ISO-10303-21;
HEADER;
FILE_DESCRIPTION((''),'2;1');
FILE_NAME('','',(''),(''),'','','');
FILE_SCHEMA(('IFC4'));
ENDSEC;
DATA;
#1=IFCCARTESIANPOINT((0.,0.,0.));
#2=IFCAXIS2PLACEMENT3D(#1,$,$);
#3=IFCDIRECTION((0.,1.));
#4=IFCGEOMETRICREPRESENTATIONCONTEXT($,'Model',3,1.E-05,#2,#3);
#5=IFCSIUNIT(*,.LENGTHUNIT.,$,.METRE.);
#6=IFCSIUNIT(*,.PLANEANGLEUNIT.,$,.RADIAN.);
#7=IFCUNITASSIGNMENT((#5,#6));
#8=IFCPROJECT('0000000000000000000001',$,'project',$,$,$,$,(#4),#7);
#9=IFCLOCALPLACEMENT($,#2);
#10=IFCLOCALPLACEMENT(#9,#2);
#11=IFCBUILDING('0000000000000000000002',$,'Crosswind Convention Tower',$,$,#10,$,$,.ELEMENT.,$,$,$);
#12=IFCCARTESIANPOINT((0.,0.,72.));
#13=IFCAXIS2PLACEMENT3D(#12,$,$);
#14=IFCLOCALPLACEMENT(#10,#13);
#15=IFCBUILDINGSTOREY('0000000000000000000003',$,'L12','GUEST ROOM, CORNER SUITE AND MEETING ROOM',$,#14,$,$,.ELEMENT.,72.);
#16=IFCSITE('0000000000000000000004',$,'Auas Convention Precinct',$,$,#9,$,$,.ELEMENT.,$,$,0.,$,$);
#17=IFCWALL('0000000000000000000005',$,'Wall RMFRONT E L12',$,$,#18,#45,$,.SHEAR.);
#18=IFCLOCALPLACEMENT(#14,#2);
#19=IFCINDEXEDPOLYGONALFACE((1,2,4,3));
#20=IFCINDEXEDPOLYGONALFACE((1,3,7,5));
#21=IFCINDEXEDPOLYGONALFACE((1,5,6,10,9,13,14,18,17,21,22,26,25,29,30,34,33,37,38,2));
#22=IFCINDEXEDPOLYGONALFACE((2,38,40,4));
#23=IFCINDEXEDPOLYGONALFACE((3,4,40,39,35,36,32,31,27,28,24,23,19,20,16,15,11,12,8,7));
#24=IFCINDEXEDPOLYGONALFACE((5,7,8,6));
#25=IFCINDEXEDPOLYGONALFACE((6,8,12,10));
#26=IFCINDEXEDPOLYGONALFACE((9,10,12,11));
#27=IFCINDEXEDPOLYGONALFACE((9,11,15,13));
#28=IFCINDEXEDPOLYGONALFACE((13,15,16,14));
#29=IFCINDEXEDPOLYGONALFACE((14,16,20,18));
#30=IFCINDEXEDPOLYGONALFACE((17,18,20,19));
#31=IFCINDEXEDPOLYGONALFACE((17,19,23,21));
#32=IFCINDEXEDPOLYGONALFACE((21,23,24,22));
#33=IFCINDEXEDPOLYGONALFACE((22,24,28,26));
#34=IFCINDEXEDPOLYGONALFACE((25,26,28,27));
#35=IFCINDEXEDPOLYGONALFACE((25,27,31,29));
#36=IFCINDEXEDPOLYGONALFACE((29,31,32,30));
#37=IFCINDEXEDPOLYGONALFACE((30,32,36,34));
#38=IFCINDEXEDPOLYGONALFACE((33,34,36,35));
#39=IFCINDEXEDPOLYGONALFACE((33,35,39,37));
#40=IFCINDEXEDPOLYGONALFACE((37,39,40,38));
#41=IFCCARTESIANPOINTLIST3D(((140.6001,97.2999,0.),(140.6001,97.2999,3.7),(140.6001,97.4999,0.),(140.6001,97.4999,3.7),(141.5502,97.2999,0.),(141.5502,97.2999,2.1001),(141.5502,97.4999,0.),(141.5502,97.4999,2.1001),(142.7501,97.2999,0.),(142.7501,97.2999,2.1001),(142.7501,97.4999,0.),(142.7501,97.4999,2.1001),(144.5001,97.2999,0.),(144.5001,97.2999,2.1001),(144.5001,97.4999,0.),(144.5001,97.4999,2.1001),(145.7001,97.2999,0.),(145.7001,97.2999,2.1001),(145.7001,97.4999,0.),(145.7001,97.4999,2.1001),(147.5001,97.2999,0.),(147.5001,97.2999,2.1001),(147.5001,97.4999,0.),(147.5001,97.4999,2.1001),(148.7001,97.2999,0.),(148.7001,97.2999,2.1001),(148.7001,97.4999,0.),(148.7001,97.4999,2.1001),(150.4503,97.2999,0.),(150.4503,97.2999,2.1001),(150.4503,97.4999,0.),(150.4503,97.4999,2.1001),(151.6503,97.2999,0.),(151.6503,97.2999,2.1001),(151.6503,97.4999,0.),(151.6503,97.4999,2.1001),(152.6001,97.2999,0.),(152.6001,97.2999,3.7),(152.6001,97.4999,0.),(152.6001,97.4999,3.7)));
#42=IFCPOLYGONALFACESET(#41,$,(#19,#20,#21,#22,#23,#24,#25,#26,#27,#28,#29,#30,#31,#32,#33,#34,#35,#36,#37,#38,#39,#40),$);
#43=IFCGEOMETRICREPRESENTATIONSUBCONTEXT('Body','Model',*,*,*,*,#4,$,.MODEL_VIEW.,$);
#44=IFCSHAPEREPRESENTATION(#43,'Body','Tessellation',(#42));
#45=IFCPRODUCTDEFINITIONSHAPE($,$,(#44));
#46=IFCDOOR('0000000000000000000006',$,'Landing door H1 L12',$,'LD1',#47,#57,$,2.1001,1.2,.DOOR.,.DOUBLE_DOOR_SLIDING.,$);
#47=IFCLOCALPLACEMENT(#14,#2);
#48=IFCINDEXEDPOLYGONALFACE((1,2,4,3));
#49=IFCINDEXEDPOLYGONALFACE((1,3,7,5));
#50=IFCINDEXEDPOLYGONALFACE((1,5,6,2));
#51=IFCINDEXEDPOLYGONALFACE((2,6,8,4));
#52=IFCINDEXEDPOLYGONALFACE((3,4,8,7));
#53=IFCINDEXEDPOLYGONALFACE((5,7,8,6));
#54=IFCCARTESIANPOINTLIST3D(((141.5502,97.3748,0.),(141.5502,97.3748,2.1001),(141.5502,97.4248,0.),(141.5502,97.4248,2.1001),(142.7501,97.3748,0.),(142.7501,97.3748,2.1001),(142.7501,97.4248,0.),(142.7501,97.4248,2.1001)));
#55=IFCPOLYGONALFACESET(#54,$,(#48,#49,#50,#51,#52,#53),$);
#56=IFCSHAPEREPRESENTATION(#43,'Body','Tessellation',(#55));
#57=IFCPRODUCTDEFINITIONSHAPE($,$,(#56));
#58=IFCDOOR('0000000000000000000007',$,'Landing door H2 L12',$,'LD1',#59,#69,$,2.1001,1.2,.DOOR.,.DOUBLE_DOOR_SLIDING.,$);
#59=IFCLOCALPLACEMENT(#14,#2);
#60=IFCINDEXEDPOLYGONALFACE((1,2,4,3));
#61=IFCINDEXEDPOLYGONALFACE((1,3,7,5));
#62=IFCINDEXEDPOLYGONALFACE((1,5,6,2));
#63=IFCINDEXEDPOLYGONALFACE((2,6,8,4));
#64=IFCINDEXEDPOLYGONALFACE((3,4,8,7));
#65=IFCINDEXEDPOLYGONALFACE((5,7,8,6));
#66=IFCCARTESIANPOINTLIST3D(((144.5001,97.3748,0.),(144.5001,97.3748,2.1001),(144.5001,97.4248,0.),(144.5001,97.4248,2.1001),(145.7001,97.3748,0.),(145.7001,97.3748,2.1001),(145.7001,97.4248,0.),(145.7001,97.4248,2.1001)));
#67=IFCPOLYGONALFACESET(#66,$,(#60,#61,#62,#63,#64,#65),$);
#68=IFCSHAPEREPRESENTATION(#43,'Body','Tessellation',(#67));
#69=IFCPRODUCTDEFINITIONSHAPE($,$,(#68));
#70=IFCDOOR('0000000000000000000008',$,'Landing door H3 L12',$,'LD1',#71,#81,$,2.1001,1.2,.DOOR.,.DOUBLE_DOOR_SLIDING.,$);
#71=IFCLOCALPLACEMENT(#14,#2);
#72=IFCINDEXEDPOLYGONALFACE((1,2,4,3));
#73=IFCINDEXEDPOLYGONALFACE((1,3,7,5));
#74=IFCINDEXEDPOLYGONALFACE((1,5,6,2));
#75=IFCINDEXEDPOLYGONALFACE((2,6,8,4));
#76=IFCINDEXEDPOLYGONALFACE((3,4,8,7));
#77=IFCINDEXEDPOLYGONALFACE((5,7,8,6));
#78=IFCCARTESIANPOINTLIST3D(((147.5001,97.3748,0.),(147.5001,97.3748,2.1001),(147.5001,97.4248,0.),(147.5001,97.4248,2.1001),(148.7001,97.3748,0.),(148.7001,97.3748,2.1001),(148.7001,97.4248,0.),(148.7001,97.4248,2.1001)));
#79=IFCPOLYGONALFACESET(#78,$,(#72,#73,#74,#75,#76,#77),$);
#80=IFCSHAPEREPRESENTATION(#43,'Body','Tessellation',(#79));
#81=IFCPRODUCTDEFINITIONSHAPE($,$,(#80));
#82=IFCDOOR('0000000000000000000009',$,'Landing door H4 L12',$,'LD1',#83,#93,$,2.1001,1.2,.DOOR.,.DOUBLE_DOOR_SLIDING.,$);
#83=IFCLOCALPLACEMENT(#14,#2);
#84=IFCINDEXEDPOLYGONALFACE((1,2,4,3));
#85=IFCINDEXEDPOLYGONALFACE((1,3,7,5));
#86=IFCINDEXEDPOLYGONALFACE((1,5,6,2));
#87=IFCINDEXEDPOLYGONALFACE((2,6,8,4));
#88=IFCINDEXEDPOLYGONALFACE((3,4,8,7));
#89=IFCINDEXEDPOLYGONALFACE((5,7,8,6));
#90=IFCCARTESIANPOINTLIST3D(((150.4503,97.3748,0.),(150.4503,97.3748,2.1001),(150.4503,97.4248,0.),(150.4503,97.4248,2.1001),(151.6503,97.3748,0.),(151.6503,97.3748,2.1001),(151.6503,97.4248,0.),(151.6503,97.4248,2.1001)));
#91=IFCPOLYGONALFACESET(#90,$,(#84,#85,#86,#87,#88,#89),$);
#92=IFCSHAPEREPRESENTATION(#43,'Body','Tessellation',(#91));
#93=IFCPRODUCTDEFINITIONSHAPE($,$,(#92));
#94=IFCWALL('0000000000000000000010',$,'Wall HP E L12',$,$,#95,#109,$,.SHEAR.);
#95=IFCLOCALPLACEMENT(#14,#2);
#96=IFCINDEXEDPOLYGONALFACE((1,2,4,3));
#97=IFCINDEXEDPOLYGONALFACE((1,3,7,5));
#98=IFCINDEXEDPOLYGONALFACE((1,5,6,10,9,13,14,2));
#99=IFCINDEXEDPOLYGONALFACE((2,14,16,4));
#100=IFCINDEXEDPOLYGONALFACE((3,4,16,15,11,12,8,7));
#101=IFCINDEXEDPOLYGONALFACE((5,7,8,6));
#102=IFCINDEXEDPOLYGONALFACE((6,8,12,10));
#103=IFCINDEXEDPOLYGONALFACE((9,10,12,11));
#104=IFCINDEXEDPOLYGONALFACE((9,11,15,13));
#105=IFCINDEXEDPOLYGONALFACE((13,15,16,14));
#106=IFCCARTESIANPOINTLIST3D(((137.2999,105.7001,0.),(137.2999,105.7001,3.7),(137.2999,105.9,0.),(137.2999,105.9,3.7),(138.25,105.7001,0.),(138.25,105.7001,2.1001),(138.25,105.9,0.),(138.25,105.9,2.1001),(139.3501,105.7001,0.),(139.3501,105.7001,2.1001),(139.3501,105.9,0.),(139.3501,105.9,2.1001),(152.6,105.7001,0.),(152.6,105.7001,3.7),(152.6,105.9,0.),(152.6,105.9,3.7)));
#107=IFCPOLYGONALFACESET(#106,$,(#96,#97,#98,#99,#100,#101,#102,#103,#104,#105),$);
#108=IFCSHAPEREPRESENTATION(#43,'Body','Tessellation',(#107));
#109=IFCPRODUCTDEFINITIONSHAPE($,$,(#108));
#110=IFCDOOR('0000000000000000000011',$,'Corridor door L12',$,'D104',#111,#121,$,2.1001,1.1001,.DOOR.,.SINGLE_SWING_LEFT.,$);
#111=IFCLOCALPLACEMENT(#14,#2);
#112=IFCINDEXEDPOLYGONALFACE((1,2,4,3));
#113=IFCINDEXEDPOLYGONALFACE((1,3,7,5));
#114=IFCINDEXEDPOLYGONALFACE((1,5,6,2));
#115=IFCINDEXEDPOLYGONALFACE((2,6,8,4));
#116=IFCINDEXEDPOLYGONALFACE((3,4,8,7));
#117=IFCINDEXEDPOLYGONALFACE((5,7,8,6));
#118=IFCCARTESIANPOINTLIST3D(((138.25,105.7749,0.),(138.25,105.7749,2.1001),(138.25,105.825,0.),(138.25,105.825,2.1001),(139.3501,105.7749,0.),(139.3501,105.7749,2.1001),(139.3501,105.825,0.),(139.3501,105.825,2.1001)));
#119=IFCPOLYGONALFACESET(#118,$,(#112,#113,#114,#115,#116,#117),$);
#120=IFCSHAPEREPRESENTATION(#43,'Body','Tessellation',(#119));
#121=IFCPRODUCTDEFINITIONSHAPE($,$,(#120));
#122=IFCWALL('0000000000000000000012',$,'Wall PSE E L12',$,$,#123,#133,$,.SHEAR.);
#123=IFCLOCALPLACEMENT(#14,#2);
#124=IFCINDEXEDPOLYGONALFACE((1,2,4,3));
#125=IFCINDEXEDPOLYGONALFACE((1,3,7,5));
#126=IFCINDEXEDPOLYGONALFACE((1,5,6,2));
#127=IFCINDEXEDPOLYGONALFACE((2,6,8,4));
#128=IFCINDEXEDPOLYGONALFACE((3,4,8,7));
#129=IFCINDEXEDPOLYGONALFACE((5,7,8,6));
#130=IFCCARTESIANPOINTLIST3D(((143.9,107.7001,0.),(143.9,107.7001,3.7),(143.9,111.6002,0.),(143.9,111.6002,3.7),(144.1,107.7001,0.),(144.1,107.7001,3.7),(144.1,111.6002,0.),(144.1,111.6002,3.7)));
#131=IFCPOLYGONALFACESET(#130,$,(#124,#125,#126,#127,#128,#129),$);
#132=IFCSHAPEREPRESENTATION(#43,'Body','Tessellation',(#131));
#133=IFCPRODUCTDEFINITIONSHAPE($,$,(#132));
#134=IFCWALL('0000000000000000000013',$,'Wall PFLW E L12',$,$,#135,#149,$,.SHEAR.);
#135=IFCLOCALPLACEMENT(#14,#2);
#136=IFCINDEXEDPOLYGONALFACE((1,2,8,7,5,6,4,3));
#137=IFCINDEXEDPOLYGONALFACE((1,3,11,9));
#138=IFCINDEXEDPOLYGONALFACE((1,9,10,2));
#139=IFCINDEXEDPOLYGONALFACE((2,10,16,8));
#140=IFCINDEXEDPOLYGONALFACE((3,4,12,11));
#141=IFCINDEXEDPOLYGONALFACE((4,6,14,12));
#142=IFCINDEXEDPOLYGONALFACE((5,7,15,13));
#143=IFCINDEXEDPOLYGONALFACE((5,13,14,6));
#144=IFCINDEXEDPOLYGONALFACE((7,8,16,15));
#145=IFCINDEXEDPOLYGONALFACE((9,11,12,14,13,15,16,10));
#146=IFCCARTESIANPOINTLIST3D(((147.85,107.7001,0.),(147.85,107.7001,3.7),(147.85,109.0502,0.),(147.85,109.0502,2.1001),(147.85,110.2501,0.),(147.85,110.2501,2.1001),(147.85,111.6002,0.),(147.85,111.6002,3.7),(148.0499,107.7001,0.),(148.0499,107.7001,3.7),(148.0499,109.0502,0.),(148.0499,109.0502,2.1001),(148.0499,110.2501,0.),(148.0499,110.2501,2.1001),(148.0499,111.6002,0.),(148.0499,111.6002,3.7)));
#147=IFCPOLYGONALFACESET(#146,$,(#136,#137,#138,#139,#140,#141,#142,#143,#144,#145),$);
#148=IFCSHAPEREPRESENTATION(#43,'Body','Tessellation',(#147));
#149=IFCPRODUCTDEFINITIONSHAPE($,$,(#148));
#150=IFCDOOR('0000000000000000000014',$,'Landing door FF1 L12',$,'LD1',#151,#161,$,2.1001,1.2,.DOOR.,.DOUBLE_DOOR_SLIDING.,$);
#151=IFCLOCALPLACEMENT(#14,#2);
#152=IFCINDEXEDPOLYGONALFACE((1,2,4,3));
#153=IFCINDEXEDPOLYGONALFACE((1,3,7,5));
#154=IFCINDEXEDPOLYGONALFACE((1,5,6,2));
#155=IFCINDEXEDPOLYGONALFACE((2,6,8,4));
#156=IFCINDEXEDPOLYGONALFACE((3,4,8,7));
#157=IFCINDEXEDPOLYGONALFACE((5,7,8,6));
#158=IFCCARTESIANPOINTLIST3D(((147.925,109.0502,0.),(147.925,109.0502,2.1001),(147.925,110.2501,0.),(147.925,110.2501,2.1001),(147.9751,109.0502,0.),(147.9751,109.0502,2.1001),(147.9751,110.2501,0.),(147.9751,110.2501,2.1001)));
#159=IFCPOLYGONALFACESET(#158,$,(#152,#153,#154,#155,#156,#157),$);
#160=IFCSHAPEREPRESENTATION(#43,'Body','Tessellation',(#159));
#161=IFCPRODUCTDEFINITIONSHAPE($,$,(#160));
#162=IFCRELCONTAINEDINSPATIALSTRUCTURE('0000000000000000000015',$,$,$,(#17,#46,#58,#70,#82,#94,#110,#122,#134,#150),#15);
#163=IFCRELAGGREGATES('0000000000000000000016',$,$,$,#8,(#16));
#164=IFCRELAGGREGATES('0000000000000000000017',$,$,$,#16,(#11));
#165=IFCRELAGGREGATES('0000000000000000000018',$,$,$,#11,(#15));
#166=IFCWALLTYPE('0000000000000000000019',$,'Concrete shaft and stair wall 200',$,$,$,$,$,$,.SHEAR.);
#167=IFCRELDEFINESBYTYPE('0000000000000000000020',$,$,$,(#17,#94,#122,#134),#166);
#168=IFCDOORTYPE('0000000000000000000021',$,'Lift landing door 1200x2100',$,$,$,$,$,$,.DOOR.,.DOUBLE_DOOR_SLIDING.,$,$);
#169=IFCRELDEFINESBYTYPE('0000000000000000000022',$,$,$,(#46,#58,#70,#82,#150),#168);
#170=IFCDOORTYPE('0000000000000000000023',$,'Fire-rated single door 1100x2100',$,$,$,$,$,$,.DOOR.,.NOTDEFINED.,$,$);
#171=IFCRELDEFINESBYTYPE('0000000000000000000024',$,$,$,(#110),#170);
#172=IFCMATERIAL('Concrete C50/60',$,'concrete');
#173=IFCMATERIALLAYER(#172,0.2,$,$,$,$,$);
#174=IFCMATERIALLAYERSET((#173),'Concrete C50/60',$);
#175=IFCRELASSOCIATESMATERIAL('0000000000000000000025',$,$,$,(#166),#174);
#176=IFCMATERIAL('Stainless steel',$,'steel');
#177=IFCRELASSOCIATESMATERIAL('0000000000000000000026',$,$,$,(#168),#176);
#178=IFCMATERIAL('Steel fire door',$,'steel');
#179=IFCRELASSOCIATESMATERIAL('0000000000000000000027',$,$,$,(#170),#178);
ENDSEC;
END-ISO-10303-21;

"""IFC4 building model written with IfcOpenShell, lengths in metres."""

from ifc_helpers import new_model, si_unit, direction, frame, frame_2d, origin, place, context, subcontext, project, spatial, rectangle, extrude, material, layer, layer_set, type_object, element, fill, save


model = new_model("IFC4")

# Units and contexts
model_context = context("Model", 3, precision=1e-05, world=origin(), true_north=direction((0.0, 1.0)))
body_context = subcontext(model_context, "Body", "Model", "MODEL_VIEW")
ifc_project = project(units=[si_unit("LENGTHUNIT", "METRE"), si_unit("PLANEANGLEUNIT", "RADIAN")], contexts=[model_context])

# Site, building, storey
site_placement = place(None, origin())
site = spatial("IfcSite", under=ifc_project, at=site_placement, Name="Auas Convention Precinct", CompositionType="ELEMENT", RefElevation=0.0)
building_placement = place(site_placement, origin())
building = spatial("IfcBuilding", under=site, at=building_placement, Name="Crosswind Convention Tower", CompositionType="ELEMENT")
storey_placement = place(building_placement, frame((0.0, 0.0, 72.0)))
storey = spatial("IfcBuildingStorey", under=building, at=storey_placement, Name="L12", Description="GUEST ROOM, CORNER SUITE AND MEETING ROOM", CompositionType="ELEMENT", Elevation=72.0)

# Shared definitions
ifc_material_1 = material(Name="Concrete C50/60", Category="concrete")
ifc_layer_1 = layer(ifc_material_1, 0.2)
ifc_layer_set_1 = layer_set([ifc_layer_1], Name="Concrete C50/60")
wall_type_1 = type_object("IfcWallType", Name="Concrete shaft and stair wall 200", PredefinedType="SHEAR", material=ifc_layer_set_1)

# Wall, openings, doors
wall_1_placement = place(storey_placement, frame((140.6001, 97.3999, 0.0), z_axis=(0.0, 0.0, 1.0), x_axis=(1.0, 0.0, 0.0)))
wall_1 = element("IfcWall", 1, at=wall_1_placement, inside=storey, type_object=wall_type_1, Name="Wall RMFRONT E L12", PredefinedType="SHEAR", context=body_context, shape_type="SweptSolid", body=[
    extrude(rectangle(XDim=12.0, YDim=0.2, at=frame_2d((6.0, 0.0))), origin(), (0.0, 0.0, 1.0), 3.7),
])
opening_1_placement = place(wall_1_placement, frame((0.95, 0.0, 0.0)))
opening_1 = element("IfcOpeningElement", 2, at=opening_1_placement, cuts=wall_1, PredefinedType="OPENING", context=body_context, shape_type="SweptSolid", body=[
    extrude(rectangle(XDim=1.2, YDim=2.1001, at=frame_2d((0.6001, 1.05))), frame((0.0, 0.1099, 0.0), z_axis=(0.0, -1.0, 0.0), x_axis=(1.0, 0.0, 0.0)), (0.0, 0.0, 1.0), 0.22),
])
opening_2_placement = place(wall_1_placement, frame((3.8999, 0.0, 0.0)))
opening_2 = element("IfcOpeningElement", 3, at=opening_2_placement, cuts=wall_1, PredefinedType="OPENING", context=body_context, shape_type="SweptSolid", body=[
    extrude(rectangle(XDim=1.2, YDim=2.1001, at=frame_2d((0.6001, 1.05))), frame((0.0, 0.1099, 0.0), z_axis=(0.0, -1.0, 0.0), x_axis=(1.0, 0.0, 0.0)), (0.0, 0.0, 1.0), 0.22),
])
opening_3_placement = place(wall_1_placement, frame((6.8999, 0.0, 0.0)))
opening_3 = element("IfcOpeningElement", 4, at=opening_3_placement, cuts=wall_1, PredefinedType="OPENING", context=body_context, shape_type="SweptSolid", body=[
    extrude(rectangle(XDim=1.2, YDim=2.1001, at=frame_2d((0.6001, 1.05))), frame((0.0, 0.1099, 0.0), z_axis=(0.0, -1.0, 0.0), x_axis=(1.0, 0.0, 0.0)), (0.0, 0.0, 1.0), 0.22),
])
opening_4_placement = place(wall_1_placement, frame((9.8501, 0.0, 0.0)))
opening_4 = element("IfcOpeningElement", 5, at=opening_4_placement, cuts=wall_1, PredefinedType="OPENING", context=body_context, shape_type="SweptSolid", body=[
    extrude(rectangle(XDim=1.2, YDim=2.1001, at=frame_2d((0.6001, 1.05))), frame((0.0, 0.1099, 0.0), z_axis=(0.0, -1.0, 0.0), x_axis=(1.0, 0.0, 0.0)), (0.0, 0.0, 1.0), 0.22),
])
ifc_material_2 = material(Name="Stainless steel", Category="steel")
door_type_1 = type_object("IfcDoorType", Name="Lift landing door 1200x2100", OperationType="DOUBLE_DOOR_SLIDING", PredefinedType="DOOR", material=ifc_material_2)
door_1_placement = place(opening_1_placement, origin())
door_1 = element("IfcDoor", 6, at=door_1_placement, inside=storey, type_object=door_type_1, Name="Landing door H1 L12", ObjectType="LD1", OperationType="DOUBLE_DOOR_SLIDING", OverallHeight=2.1001, OverallWidth=1.2, PredefinedType="DOOR", context=body_context, shape_type="SweptSolid", body=[
    extrude(rectangle(XDim=1.2, YDim=2.1001, at=frame_2d((0.6001, 1.05))), frame((0.0, 0.0249, 0.0), z_axis=(0.0, -1.0, 0.0), x_axis=(1.0, 0.0, 0.0)), (0.0, 0.0, 1.0), 0.05),
])
fill(opening_1, door_1)
door_2_placement = place(opening_2_placement, origin())
door_2 = element("IfcDoor", 7, at=door_2_placement, inside=storey, type_object=door_type_1, Name="Landing door H2 L12", ObjectType="LD1", OperationType="DOUBLE_DOOR_SLIDING", OverallHeight=2.1001, OverallWidth=1.2, PredefinedType="DOOR", context=body_context, shape_type="SweptSolid", body=[
    extrude(rectangle(XDim=1.2, YDim=2.1001, at=frame_2d((0.6001, 1.05))), frame((0.0, 0.0249, 0.0), z_axis=(0.0, -1.0, 0.0), x_axis=(1.0, 0.0, 0.0)), (0.0, 0.0, 1.0), 0.05),
])
fill(opening_2, door_2)
door_3_placement = place(opening_3_placement, origin())
door_3 = element("IfcDoor", 8, at=door_3_placement, inside=storey, type_object=door_type_1, Name="Landing door H3 L12", ObjectType="LD1", OperationType="DOUBLE_DOOR_SLIDING", OverallHeight=2.1001, OverallWidth=1.2, PredefinedType="DOOR", context=body_context, shape_type="SweptSolid", body=[
    extrude(rectangle(XDim=1.2, YDim=2.1001, at=frame_2d((0.6001, 1.05))), frame((0.0, 0.0249, 0.0), z_axis=(0.0, -1.0, 0.0), x_axis=(1.0, 0.0, 0.0)), (0.0, 0.0, 1.0), 0.05),
])
fill(opening_3, door_3)
door_4_placement = place(opening_4_placement, origin())
door_4 = element("IfcDoor", 9, at=door_4_placement, inside=storey, type_object=door_type_1, Name="Landing door H4 L12", ObjectType="LD1", OperationType="DOUBLE_DOOR_SLIDING", OverallHeight=2.1001, OverallWidth=1.2, PredefinedType="DOOR", context=body_context, shape_type="SweptSolid", body=[
    extrude(rectangle(XDim=1.2, YDim=2.1001, at=frame_2d((0.6001, 1.05))), frame((0.0, 0.0249, 0.0), z_axis=(0.0, -1.0, 0.0), x_axis=(1.0, 0.0, 0.0)), (0.0, 0.0, 1.0), 0.05),
])
fill(opening_4, door_4)

# Wall, opening, door
wall_2_placement = place(storey_placement, frame((137.3, 105.8, 0.0), z_axis=(0.0, 0.0, 1.0), x_axis=(1.0, 0.0, 0.0)))
wall_2 = element("IfcWall", 10, at=wall_2_placement, inside=storey, type_object=wall_type_1, Name="Wall HP E L12", PredefinedType="SHEAR", context=body_context, shape_type="SweptSolid", body=[
    extrude(rectangle(XDim=15.3, YDim=0.2, at=frame_2d((7.6499, 0.0))), origin(), (0.0, 0.0, 1.0), 3.7),
])
opening_5_placement = place(wall_2_placement, frame((0.95, 0.0, 0.0)))
opening_5 = element("IfcOpeningElement", 11, at=opening_5_placement, cuts=wall_2, PredefinedType="OPENING", context=body_context, shape_type="SweptSolid", body=[
    extrude(rectangle(XDim=1.1001, YDim=2.1001, at=frame_2d((0.55, 1.05))), frame((0.0, 0.1099, 0.0), z_axis=(0.0, -1.0, 0.0), x_axis=(1.0, 0.0, 0.0)), (0.0, 0.0, 1.0), 0.22),
])
ifc_material_3 = material(Name="Steel fire door", Category="steel")
door_type_2 = type_object("IfcDoorType", Name="Fire-rated single door 1100x2100", OperationType="NOTDEFINED", PredefinedType="DOOR", material=ifc_material_3)
door_5_placement = place(opening_5_placement, origin())
door_5 = element("IfcDoor", 12, at=door_5_placement, inside=storey, type_object=door_type_2, Name="Corridor door L12", ObjectType="D104", OperationType="SINGLE_SWING_LEFT", OverallHeight=2.1001, OverallWidth=1.1001, PredefinedType="DOOR", context=body_context, shape_type="SweptSolid", body=[
    extrude(rectangle(XDim=1.1001, YDim=2.1001, at=frame_2d((0.55, 1.05))), frame((0.0, 0.0249, 0.0), z_axis=(0.0, -1.0, 0.0), x_axis=(1.0, 0.0, 0.0)), (0.0, 0.0, 1.0), 0.05),
])
fill(opening_5, door_5)

# Wall
wall_3_placement = place(storey_placement, frame((144.0, 107.7, 0.0), z_axis=(0.0, 0.0, 1.0), x_axis=(0.0, 1.0, 0.0)))
element("IfcWall", 13, at=wall_3_placement, inside=storey, type_object=wall_type_1, Name="Wall PSE E L12", PredefinedType="SHEAR", context=body_context, shape_type="SweptSolid", body=[
    extrude(rectangle(XDim=3.9001, YDim=0.2, at=frame_2d((1.9502, 0.0))), origin(), (0.0, 0.0, 1.0), 3.7),
])

# Wall, opening, door
wall_4_placement = place(storey_placement, frame((147.95, 107.7, 0.0), z_axis=(0.0, 0.0, 1.0), x_axis=(0.0, 1.0, 0.0)))
wall_4 = element("IfcWall", 14, at=wall_4_placement, inside=storey, type_object=wall_type_1, Name="Wall PFLW E L12", PredefinedType="SHEAR", context=body_context, shape_type="SweptSolid", body=[
    extrude(rectangle(XDim=3.9001, YDim=0.2, at=frame_2d((1.9502, 0.0))), origin(), (0.0, 0.0, 1.0), 3.7),
])
opening_6_placement = place(wall_4_placement, frame((1.3501, 0.0, 0.0)))
opening_6 = element("IfcOpeningElement", 15, at=opening_6_placement, cuts=wall_4, PredefinedType="OPENING", context=body_context, shape_type="SweptSolid", body=[
    extrude(rectangle(XDim=1.2, YDim=2.1001, at=frame_2d((0.6001, 1.05))), frame((0.0, 0.1099, 0.0), z_axis=(0.0, -1.0, 0.0), x_axis=(1.0, 0.0, 0.0)), (0.0, 0.0, 1.0), 0.22),
])
door_6_placement = place(opening_6_placement, origin())
door_6 = element("IfcDoor", 16, at=door_6_placement, inside=storey, type_object=door_type_1, Name="Landing door FF1 L12", ObjectType="LD1", OperationType="DOUBLE_DOOR_SLIDING", OverallHeight=2.1001, OverallWidth=1.2, PredefinedType="DOOR", context=body_context, shape_type="SweptSolid", body=[
    extrude(rectangle(XDim=1.2, YDim=2.1001, at=frame_2d((0.6001, 1.05))), frame((0.0, 0.0249, 0.0), z_axis=(0.0, -1.0, 0.0), x_axis=(1.0, 0.0, 0.0)), (0.0, 0.0, 1.0), 0.05),
])
fill(opening_6, door_6)

save(model, "model.ifc")
